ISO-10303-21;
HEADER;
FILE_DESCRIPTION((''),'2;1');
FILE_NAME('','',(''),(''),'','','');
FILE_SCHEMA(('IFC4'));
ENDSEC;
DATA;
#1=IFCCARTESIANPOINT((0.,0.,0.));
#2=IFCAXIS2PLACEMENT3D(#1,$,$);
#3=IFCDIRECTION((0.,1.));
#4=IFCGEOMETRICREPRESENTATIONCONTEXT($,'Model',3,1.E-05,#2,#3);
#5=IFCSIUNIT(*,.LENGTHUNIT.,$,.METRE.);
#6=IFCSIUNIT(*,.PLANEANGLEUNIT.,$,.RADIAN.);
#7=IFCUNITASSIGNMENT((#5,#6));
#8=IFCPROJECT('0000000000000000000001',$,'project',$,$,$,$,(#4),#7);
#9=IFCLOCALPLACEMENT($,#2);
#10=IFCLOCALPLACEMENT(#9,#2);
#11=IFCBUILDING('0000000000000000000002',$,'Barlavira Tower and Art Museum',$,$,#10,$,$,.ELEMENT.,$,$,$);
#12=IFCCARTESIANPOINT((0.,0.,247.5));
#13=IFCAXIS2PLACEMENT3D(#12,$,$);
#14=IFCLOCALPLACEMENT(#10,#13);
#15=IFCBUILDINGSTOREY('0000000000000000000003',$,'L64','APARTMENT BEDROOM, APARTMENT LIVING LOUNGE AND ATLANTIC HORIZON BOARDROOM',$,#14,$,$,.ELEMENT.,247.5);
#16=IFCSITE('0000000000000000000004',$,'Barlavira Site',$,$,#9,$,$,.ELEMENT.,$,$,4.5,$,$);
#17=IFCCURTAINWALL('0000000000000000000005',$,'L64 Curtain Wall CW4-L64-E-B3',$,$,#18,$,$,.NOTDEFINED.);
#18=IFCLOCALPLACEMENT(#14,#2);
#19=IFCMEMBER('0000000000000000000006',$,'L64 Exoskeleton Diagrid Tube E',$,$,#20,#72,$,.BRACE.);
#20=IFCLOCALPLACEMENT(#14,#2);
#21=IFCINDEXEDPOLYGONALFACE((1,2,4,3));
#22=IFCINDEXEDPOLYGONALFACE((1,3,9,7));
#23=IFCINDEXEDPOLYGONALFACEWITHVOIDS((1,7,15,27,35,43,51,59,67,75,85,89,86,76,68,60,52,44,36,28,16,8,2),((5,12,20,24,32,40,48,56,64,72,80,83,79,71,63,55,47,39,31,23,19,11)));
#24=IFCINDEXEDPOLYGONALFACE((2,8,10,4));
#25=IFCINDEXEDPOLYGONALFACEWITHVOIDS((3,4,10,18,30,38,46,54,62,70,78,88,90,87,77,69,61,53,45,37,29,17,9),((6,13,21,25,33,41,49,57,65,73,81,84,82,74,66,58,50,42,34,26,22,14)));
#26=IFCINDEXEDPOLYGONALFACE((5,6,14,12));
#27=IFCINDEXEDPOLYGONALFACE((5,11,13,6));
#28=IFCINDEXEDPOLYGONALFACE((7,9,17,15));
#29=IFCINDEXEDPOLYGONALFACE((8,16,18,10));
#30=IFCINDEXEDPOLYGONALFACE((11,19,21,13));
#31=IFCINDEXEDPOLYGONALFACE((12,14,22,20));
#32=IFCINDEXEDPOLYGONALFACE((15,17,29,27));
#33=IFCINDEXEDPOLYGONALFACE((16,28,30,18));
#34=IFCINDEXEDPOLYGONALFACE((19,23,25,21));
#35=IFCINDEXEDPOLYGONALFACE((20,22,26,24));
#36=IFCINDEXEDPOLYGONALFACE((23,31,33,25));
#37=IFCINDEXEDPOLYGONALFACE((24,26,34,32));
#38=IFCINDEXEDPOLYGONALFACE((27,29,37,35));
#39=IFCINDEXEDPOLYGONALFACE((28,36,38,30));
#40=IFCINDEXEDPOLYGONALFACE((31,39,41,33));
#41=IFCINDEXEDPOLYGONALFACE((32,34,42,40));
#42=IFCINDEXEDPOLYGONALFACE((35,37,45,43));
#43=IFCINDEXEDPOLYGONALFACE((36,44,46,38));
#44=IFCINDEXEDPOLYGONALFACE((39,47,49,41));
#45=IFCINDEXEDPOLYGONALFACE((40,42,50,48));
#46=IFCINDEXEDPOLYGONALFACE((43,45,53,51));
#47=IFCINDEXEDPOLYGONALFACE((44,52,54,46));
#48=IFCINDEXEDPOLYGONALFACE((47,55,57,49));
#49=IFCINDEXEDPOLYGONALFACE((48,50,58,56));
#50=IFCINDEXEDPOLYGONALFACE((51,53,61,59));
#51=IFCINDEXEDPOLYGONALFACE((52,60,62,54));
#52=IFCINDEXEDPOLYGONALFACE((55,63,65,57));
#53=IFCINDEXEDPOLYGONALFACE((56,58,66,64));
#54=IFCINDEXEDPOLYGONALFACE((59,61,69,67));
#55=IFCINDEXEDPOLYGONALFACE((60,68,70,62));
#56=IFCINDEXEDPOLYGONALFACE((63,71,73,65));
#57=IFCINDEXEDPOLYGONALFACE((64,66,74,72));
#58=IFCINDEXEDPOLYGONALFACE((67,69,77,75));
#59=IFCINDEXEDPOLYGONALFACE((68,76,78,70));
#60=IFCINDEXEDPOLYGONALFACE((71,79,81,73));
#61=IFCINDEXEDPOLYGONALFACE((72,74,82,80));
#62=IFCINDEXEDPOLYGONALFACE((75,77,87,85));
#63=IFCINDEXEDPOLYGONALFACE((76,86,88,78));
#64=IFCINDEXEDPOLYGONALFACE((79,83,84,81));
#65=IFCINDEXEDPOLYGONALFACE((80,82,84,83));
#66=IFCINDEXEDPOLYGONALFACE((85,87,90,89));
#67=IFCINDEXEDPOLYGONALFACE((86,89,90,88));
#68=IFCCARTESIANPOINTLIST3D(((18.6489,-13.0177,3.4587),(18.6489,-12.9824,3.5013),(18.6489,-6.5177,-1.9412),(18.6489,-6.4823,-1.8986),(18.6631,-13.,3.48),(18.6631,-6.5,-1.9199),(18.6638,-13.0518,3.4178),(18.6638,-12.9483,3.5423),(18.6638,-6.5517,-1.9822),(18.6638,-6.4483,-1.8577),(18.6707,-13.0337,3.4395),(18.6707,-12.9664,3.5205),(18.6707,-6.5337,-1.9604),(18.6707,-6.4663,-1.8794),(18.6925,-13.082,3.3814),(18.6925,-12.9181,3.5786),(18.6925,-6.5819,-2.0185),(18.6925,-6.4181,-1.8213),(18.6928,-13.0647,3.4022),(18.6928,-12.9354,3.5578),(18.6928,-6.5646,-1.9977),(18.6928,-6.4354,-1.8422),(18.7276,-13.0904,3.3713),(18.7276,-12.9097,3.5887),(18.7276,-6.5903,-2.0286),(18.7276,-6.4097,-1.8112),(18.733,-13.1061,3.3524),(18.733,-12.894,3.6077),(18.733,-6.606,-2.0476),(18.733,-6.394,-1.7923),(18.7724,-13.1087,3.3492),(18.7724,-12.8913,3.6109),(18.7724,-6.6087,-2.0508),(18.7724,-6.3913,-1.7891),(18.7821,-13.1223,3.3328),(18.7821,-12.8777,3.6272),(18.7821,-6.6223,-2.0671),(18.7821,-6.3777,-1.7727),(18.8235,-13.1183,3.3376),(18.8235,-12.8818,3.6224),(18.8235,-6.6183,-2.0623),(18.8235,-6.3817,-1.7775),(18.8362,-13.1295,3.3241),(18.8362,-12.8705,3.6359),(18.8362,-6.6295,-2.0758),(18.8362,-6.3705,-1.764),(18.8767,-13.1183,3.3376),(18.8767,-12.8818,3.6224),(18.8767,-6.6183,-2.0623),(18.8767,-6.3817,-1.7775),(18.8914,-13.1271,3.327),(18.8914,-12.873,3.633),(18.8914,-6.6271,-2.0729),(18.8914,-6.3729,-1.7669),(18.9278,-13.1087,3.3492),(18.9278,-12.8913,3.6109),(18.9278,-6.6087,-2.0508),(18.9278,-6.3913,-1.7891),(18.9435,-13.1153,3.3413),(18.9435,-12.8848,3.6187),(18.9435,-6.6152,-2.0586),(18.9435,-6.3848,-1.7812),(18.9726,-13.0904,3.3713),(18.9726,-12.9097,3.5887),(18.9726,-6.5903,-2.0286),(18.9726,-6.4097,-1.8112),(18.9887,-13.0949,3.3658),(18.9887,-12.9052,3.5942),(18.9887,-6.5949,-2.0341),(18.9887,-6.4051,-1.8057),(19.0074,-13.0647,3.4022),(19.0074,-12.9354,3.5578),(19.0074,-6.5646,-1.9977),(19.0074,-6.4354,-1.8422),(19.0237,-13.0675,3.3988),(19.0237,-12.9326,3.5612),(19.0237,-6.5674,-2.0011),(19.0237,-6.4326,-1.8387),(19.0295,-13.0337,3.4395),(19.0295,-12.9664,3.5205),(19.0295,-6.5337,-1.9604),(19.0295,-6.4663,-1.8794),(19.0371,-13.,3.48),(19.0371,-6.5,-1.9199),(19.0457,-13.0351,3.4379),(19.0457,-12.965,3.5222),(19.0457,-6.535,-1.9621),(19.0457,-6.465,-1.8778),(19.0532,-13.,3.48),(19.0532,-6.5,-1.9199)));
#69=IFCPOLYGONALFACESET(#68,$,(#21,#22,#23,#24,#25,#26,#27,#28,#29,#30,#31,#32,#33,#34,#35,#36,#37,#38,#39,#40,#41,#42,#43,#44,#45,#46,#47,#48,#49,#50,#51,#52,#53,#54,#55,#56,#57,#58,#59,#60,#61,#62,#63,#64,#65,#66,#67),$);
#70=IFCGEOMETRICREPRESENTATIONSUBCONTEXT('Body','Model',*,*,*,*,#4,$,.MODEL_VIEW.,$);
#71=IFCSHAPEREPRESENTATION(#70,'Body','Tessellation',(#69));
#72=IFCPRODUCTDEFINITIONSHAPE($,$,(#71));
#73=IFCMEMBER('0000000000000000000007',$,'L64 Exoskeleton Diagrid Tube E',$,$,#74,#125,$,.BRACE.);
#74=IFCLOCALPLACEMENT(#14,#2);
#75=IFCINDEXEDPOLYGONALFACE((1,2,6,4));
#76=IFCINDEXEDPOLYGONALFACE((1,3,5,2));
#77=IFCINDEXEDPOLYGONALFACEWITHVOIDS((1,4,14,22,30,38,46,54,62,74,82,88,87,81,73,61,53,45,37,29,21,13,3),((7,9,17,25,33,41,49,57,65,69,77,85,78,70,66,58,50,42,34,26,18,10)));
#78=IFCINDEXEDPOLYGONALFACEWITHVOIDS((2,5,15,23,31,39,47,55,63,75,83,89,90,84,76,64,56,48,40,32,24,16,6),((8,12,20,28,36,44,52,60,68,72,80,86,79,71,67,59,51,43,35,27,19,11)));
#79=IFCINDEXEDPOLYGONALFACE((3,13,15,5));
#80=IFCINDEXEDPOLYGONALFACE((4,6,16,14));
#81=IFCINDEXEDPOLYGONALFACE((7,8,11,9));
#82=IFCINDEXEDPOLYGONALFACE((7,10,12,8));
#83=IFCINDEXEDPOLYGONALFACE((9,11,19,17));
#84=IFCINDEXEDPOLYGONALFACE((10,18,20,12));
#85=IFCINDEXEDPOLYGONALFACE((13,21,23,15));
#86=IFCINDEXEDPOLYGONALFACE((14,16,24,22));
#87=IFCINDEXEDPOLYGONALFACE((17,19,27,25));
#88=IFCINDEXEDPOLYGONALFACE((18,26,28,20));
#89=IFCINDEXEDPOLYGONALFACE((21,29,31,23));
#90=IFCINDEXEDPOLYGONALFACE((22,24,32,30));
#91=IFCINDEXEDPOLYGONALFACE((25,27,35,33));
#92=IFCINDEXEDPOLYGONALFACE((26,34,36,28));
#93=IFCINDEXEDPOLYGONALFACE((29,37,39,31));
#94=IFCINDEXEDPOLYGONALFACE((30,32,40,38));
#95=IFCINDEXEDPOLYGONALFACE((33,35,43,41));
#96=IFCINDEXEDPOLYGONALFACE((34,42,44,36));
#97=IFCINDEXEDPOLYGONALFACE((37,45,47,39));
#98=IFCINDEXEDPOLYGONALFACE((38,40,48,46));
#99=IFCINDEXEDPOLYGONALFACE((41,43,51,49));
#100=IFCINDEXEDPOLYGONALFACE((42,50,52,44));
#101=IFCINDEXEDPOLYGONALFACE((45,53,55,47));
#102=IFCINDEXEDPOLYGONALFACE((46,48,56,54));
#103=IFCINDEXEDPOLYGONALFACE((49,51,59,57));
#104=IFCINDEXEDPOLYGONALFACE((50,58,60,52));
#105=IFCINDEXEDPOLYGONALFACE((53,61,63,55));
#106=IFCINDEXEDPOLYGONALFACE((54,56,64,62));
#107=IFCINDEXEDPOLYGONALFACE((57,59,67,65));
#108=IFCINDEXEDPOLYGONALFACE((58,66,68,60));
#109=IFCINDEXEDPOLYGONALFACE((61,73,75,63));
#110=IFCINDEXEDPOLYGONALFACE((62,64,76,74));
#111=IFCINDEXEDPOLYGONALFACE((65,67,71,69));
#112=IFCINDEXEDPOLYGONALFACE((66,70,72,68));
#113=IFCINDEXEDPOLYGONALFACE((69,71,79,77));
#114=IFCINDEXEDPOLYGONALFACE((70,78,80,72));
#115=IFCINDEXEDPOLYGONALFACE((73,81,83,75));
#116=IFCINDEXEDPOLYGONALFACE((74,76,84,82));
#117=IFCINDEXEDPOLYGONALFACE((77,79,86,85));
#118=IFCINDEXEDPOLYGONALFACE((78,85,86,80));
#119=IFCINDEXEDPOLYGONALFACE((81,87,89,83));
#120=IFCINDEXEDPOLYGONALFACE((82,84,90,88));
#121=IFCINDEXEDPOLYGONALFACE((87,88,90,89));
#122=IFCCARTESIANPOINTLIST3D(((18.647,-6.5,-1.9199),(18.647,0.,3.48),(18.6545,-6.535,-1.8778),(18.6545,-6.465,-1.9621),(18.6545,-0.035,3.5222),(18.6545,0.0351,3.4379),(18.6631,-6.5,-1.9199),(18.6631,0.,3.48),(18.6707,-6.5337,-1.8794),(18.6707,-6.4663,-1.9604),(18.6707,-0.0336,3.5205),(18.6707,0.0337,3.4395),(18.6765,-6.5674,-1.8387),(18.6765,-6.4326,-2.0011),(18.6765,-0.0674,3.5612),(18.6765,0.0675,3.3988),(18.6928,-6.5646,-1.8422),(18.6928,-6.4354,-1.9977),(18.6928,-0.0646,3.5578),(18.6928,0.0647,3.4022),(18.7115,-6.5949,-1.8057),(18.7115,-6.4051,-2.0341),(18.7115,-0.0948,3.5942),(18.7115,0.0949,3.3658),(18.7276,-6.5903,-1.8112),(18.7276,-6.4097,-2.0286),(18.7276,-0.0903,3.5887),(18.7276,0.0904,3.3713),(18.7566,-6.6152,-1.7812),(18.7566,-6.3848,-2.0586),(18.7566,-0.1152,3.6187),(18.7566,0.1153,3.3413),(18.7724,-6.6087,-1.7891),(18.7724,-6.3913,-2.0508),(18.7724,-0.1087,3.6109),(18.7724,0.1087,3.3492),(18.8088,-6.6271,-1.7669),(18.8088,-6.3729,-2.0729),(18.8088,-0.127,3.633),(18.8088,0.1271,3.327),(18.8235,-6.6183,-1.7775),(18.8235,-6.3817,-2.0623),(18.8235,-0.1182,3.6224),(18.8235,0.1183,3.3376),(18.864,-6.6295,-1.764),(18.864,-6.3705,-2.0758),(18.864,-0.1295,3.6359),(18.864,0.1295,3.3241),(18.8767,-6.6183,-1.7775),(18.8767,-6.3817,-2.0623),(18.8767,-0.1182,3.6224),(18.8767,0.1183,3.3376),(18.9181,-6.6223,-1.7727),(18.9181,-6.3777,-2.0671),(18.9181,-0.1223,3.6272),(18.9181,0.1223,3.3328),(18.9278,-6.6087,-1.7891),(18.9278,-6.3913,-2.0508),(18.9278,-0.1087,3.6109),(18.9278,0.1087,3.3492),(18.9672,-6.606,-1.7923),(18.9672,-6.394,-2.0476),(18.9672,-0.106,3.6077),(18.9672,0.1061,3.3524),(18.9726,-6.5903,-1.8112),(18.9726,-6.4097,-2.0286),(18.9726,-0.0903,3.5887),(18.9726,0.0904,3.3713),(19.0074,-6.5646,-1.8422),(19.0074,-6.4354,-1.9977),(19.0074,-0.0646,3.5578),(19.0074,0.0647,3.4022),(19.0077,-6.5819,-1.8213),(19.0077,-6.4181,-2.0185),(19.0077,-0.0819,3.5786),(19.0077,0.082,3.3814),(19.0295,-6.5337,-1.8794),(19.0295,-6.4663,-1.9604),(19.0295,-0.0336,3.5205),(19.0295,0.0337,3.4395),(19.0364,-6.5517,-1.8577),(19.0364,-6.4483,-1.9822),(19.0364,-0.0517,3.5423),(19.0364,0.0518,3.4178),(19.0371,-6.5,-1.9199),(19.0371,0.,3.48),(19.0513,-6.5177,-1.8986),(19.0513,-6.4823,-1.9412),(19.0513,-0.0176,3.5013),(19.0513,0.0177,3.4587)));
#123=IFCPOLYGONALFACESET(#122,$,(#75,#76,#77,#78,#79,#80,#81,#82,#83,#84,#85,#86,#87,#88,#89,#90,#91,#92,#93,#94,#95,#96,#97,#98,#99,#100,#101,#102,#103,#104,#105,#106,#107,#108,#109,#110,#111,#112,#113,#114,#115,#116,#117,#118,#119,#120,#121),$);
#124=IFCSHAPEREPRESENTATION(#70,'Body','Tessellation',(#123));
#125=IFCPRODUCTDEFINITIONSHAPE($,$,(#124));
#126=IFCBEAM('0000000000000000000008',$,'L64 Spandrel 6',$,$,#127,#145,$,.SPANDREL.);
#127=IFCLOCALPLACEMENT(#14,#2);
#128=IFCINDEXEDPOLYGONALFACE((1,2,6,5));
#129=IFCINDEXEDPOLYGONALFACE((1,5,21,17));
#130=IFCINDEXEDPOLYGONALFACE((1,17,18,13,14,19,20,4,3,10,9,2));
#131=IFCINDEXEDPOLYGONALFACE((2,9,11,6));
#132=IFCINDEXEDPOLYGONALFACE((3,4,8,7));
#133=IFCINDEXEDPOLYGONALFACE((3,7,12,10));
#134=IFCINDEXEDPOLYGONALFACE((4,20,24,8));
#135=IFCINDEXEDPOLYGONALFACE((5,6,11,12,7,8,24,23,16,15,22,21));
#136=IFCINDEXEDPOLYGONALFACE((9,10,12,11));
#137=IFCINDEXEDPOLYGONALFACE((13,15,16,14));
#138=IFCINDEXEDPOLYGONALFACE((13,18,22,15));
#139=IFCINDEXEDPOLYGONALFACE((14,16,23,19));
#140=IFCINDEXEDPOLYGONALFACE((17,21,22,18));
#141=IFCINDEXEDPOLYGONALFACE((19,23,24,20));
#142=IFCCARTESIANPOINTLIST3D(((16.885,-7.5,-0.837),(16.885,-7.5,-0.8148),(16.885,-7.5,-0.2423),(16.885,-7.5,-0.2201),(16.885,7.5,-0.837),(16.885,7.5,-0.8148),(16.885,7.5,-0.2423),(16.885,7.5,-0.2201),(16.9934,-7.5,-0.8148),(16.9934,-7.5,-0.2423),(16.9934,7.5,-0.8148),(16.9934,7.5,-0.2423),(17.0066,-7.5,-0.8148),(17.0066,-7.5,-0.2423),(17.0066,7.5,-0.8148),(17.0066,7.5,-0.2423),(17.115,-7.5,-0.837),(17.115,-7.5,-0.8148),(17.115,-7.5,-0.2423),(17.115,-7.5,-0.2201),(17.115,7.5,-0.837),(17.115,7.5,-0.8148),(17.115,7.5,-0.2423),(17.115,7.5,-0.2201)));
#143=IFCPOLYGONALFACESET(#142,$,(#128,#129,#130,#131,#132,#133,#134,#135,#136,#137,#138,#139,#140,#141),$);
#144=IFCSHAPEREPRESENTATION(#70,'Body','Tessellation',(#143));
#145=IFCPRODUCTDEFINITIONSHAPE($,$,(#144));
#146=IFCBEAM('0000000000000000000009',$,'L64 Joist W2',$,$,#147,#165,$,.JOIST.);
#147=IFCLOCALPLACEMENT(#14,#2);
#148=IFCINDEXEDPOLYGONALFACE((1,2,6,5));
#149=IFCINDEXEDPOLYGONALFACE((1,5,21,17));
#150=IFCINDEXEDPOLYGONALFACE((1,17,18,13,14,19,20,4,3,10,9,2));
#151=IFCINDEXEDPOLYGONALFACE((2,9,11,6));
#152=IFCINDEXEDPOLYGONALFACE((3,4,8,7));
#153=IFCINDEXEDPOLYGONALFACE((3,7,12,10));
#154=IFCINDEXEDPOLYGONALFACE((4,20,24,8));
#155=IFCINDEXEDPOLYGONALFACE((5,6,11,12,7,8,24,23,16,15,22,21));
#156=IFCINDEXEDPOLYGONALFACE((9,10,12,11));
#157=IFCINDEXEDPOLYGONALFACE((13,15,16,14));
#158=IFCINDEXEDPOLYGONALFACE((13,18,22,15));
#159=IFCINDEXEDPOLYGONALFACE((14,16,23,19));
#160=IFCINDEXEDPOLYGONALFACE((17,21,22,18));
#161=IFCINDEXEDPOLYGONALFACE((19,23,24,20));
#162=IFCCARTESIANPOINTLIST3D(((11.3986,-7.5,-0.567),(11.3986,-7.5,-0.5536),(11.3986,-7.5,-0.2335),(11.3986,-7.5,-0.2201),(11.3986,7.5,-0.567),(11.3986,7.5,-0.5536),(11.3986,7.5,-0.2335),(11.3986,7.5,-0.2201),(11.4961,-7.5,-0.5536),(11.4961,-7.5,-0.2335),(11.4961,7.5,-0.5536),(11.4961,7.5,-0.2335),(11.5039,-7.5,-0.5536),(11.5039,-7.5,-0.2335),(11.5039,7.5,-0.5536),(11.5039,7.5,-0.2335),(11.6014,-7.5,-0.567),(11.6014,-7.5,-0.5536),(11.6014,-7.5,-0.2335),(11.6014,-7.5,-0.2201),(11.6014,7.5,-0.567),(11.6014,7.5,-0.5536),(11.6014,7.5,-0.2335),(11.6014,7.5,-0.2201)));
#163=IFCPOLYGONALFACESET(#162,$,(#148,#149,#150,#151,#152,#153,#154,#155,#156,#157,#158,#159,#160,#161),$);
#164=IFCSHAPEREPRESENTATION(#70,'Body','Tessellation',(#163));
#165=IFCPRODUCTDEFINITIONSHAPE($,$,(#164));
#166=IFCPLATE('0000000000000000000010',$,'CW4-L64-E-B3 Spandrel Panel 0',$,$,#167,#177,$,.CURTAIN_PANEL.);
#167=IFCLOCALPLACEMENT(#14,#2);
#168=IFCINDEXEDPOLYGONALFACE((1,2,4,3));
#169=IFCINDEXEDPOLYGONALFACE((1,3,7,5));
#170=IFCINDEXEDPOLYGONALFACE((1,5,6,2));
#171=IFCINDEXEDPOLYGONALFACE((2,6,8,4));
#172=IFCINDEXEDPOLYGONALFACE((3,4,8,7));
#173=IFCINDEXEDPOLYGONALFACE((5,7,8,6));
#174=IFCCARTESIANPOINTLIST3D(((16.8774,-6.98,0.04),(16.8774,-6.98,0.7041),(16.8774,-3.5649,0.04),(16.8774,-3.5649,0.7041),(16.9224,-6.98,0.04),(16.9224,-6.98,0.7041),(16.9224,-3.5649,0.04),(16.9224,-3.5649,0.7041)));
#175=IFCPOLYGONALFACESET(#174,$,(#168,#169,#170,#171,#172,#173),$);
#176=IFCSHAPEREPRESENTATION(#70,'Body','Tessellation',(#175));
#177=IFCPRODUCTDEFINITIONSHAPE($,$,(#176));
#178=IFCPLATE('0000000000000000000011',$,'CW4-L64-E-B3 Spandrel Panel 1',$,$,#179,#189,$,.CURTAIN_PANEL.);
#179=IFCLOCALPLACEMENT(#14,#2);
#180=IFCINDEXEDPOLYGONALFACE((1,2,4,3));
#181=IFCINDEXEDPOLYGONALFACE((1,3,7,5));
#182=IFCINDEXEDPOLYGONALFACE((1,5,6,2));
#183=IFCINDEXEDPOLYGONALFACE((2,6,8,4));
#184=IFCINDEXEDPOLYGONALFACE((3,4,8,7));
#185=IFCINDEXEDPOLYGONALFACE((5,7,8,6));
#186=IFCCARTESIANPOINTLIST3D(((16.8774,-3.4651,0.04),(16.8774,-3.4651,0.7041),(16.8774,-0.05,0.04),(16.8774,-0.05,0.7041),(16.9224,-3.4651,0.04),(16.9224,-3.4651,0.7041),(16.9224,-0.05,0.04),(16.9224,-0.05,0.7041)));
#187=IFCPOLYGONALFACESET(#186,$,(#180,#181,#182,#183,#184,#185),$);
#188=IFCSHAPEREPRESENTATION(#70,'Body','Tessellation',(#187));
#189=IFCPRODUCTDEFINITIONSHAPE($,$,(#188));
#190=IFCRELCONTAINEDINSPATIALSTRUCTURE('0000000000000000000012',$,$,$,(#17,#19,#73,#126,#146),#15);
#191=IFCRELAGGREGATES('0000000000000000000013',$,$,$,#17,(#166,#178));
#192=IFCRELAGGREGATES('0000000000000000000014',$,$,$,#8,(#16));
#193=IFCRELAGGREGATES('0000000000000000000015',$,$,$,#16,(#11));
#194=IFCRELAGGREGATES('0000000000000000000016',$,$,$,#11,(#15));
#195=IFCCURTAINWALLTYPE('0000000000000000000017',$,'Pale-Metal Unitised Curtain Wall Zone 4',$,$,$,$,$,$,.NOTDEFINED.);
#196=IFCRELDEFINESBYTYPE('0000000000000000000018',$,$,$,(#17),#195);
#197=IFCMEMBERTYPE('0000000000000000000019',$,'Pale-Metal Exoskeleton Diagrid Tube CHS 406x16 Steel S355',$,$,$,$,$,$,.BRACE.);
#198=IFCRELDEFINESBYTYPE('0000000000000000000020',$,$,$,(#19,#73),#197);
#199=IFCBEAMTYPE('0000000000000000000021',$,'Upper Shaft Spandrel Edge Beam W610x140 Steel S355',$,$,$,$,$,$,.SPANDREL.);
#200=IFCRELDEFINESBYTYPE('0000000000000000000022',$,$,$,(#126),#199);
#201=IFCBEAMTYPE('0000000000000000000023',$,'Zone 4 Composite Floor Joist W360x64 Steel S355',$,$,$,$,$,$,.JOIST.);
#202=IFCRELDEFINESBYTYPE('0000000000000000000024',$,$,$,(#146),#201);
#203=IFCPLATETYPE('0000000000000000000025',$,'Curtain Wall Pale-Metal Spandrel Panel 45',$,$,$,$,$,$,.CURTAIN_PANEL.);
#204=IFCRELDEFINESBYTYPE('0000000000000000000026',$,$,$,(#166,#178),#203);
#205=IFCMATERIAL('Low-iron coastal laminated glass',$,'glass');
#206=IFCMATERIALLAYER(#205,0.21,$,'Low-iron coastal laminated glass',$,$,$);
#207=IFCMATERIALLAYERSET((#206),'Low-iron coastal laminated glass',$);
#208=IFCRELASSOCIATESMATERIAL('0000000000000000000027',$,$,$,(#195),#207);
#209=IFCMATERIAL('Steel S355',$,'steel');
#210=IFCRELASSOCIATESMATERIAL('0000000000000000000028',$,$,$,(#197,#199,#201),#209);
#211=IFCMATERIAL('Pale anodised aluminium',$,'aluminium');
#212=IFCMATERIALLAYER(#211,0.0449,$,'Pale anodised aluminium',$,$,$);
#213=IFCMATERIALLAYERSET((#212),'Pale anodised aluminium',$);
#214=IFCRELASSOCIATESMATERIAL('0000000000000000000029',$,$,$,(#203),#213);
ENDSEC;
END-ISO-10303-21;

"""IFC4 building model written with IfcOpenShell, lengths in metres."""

from ifc_helpers import new_model, si_unit, direction, frame, origin, origin_2d, place, context, subcontext, project, spatial, rectangle, hollow_circle, i_section, extrude, material, layer, layer_set, material_profile, profile_set, type_object, element, aggregate, save


model = new_model("IFC4")

# Units and contexts
model_context = context("Model", 3, precision=1e-05, world=origin(), true_north=direction((0.0, 1.0)))
body_context = subcontext(model_context, "Body", "Model", "MODEL_VIEW")
ifc_project = project(units=[si_unit("LENGTHUNIT", "METRE"), si_unit("PLANEANGLEUNIT", "RADIAN")], contexts=[model_context])

# Site, building, storey
site_placement = place(None, origin())
site = spatial("IfcSite", under=ifc_project, at=site_placement, Name="Barlavira Site", CompositionType="ELEMENT", RefElevation=4.5)
building_placement = place(site_placement, origin())
building = spatial("IfcBuilding", under=site, at=building_placement, Name="Barlavira Tower and Art Museum", CompositionType="ELEMENT")
storey_placement = place(building_placement, frame((0.0, 0.0, 247.5)))
storey = spatial("IfcBuildingStorey", under=building, at=storey_placement, Name="L64", Description="APARTMENT BEDROOM, APARTMENT LIVING LOUNGE AND ATLANTIC HORIZON BOARDROOM", CompositionType="ELEMENT", Elevation=247.5)

# Curtain wall
ifc_material_1 = material(Name="Low-iron coastal laminated glass", Category="glass")
ifc_layer_1 = layer(ifc_material_1, 0.21, Name="Low-iron coastal laminated glass")
ifc_layer_set_1 = layer_set([ifc_layer_1], Name="Low-iron coastal laminated glass")
curtain_wall_type = type_object("IfcCurtainWallType", Name="Pale-Metal Unitised Curtain Wall Zone 4", PredefinedType="NOTDEFINED", material=ifc_layer_set_1)
curtain_wall_placement = place(storey_placement, origin())
curtain_wall = element("IfcCurtainWall", 1, at=curtain_wall_placement, inside=storey, type_object=curtain_wall_type, Name="L64 Curtain Wall CW4-L64-E-B3", PredefinedType="NOTDEFINED")
ifc_material_2 = material(Name="Pale anodised aluminium", Category="aluminium")

# Members
ifc_material_3 = material(Name="Steel S355", Category="steel")
ifc_material_profile_1 = material_profile(ifc_material_3, hollow_circle(Radius=0.2031, WallThickness=0.0161, at=origin_2d()), Name="CHS 406.4x16.0")
ifc_profile_set_1 = profile_set([ifc_material_profile_1], Name="Steel S355")
member_type_1 = type_object("IfcMemberType", Name="Pale-Metal Exoskeleton Diagrid Tube CHS 406x16 Steel S355", PredefinedType="BRACE", material=ifc_profile_set_1)
for number, where, z_axis, x_axis, name in (
    (2, (18.8501, -6.5, -1.9199), (0.0, -0.769196, 0.639013), (1.0, 0.0, 0.0), "L64 Exoskeleton Diagrid Tube E"),
    (3, (18.8501, -6.5, -1.9199), (0.0, 0.769196, 0.639013), (-1.0, 0.0, 0.0), "L64 Exoskeleton Diagrid Tube E"),
):
    element("IfcMember", number, at=place(storey_placement, frame(where, z_axis=z_axis, x_axis=x_axis)), inside=storey, type_object=member_type_1, Name=name, PredefinedType="BRACE", context=body_context, shape_type="SweptSolid", body=[
        extrude(hollow_circle(Radius=0.2031, WallThickness=0.0161, at=origin_2d()), origin(), (0.0, 0.0, 1.0), 8.4504),
    ])

# Beams
ifc_material_profile_2 = material_profile(ifc_material_3, i_section(OverallWidth=0.23, OverallDepth=0.6169, WebThickness=0.0132, FlangeThickness=0.0222, at=origin_2d()), Name="W610x140.0")
ifc_profile_set_2 = profile_set([ifc_material_profile_2], Name="Steel S355")
beam_type_1 = type_object("IfcBeamType", Name="Upper Shaft Spandrel Edge Beam W610x140 Steel S355", PredefinedType="SPANDREL", material=ifc_profile_set_2)
beam_1_placement = place(storey_placement, frame((17.0, -7.5, -0.5286), z_axis=(0.0, 1.0, 0.0), x_axis=(-1.0, 0.0, 0.0)))
element("IfcBeam", 4, at=beam_1_placement, inside=storey, type_object=beam_type_1, Name="L64 Spandrel 6", PredefinedType="SPANDREL", context=body_context, shape_type="SweptSolid", body=[
    extrude(i_section(OverallWidth=0.23, OverallDepth=0.6169, WebThickness=0.0132, FlangeThickness=0.0222, at=origin_2d()), origin(), (0.0, 0.0, 1.0), 15.0),
])
ifc_material_profile_3 = material_profile(ifc_material_3, i_section(OverallWidth=0.2029, OverallDepth=0.3469, WebThickness=0.0078, FlangeThickness=0.0134, at=origin_2d()), Name="W360x64.0")
ifc_profile_set_3 = profile_set([ifc_material_profile_3], Name="Steel S355")
beam_type_2 = type_object("IfcBeamType", Name="Zone 4 Composite Floor Joist W360x64 Steel S355", PredefinedType="JOIST", material=ifc_profile_set_3)
beam_2_placement = place(storey_placement, frame((11.5, -7.5, -0.3936), z_axis=(0.0, 1.0, 0.0), x_axis=(-1.0, 0.0, 0.0)))
element("IfcBeam", 5, at=beam_2_placement, inside=storey, type_object=beam_type_2, Name="L64 Joist W2", PredefinedType="JOIST", context=body_context, shape_type="SweptSolid", body=[
    extrude(i_section(OverallWidth=0.2029, OverallDepth=0.3469, WebThickness=0.0078, FlangeThickness=0.0134, at=origin_2d()), origin(), (0.0, 0.0, 1.0), 15.0),
])

# Plates
ifc_layer_2 = layer(ifc_material_2, 0.0449, Name="Pale anodised aluminium")
ifc_layer_set_2 = layer_set([ifc_layer_2], Name="Pale anodised aluminium")
plate_type_1 = type_object("IfcPlateType", Name="Curtain Wall Pale-Metal Spandrel Panel 45", PredefinedType="CURTAIN_PANEL", material=ifc_layer_set_2)
plate_1_placement = place(storey_placement, frame((16.8999, -5.2725, 0.04), z_axis=(0.0, 0.0, 1.0), x_axis=(0.0, 1.0, 0.0)))
plate_1 = element("IfcPlate", 6, at=plate_1_placement, type_object=plate_type_1, Name="CW4-L64-E-B3 Spandrel Panel 0", PredefinedType="CURTAIN_PANEL", context=body_context, shape_type="SweptSolid", body=[
    extrude(rectangle(XDim=3.415, YDim=0.0449, at=origin_2d()), origin(), (0.0, 0.0, 1.0), 0.6641),
])
plate_2_placement = place(storey_placement, frame((16.8999, -1.7576, 0.04), z_axis=(0.0, 0.0, 1.0), x_axis=(0.0, 1.0, 0.0)))
plate_2 = element("IfcPlate", 7, at=plate_2_placement, type_object=plate_type_1, Name="CW4-L64-E-B3 Spandrel Panel 1", PredefinedType="CURTAIN_PANEL", context=body_context, shape_type="SweptSolid", body=[
    extrude(rectangle(XDim=3.415, YDim=0.0449, at=origin_2d()), origin(), (0.0, 0.0, 1.0), 0.6641),
])
aggregate(curtain_wall, [plate_1, plate_2])

save(model, "model.ifc")
